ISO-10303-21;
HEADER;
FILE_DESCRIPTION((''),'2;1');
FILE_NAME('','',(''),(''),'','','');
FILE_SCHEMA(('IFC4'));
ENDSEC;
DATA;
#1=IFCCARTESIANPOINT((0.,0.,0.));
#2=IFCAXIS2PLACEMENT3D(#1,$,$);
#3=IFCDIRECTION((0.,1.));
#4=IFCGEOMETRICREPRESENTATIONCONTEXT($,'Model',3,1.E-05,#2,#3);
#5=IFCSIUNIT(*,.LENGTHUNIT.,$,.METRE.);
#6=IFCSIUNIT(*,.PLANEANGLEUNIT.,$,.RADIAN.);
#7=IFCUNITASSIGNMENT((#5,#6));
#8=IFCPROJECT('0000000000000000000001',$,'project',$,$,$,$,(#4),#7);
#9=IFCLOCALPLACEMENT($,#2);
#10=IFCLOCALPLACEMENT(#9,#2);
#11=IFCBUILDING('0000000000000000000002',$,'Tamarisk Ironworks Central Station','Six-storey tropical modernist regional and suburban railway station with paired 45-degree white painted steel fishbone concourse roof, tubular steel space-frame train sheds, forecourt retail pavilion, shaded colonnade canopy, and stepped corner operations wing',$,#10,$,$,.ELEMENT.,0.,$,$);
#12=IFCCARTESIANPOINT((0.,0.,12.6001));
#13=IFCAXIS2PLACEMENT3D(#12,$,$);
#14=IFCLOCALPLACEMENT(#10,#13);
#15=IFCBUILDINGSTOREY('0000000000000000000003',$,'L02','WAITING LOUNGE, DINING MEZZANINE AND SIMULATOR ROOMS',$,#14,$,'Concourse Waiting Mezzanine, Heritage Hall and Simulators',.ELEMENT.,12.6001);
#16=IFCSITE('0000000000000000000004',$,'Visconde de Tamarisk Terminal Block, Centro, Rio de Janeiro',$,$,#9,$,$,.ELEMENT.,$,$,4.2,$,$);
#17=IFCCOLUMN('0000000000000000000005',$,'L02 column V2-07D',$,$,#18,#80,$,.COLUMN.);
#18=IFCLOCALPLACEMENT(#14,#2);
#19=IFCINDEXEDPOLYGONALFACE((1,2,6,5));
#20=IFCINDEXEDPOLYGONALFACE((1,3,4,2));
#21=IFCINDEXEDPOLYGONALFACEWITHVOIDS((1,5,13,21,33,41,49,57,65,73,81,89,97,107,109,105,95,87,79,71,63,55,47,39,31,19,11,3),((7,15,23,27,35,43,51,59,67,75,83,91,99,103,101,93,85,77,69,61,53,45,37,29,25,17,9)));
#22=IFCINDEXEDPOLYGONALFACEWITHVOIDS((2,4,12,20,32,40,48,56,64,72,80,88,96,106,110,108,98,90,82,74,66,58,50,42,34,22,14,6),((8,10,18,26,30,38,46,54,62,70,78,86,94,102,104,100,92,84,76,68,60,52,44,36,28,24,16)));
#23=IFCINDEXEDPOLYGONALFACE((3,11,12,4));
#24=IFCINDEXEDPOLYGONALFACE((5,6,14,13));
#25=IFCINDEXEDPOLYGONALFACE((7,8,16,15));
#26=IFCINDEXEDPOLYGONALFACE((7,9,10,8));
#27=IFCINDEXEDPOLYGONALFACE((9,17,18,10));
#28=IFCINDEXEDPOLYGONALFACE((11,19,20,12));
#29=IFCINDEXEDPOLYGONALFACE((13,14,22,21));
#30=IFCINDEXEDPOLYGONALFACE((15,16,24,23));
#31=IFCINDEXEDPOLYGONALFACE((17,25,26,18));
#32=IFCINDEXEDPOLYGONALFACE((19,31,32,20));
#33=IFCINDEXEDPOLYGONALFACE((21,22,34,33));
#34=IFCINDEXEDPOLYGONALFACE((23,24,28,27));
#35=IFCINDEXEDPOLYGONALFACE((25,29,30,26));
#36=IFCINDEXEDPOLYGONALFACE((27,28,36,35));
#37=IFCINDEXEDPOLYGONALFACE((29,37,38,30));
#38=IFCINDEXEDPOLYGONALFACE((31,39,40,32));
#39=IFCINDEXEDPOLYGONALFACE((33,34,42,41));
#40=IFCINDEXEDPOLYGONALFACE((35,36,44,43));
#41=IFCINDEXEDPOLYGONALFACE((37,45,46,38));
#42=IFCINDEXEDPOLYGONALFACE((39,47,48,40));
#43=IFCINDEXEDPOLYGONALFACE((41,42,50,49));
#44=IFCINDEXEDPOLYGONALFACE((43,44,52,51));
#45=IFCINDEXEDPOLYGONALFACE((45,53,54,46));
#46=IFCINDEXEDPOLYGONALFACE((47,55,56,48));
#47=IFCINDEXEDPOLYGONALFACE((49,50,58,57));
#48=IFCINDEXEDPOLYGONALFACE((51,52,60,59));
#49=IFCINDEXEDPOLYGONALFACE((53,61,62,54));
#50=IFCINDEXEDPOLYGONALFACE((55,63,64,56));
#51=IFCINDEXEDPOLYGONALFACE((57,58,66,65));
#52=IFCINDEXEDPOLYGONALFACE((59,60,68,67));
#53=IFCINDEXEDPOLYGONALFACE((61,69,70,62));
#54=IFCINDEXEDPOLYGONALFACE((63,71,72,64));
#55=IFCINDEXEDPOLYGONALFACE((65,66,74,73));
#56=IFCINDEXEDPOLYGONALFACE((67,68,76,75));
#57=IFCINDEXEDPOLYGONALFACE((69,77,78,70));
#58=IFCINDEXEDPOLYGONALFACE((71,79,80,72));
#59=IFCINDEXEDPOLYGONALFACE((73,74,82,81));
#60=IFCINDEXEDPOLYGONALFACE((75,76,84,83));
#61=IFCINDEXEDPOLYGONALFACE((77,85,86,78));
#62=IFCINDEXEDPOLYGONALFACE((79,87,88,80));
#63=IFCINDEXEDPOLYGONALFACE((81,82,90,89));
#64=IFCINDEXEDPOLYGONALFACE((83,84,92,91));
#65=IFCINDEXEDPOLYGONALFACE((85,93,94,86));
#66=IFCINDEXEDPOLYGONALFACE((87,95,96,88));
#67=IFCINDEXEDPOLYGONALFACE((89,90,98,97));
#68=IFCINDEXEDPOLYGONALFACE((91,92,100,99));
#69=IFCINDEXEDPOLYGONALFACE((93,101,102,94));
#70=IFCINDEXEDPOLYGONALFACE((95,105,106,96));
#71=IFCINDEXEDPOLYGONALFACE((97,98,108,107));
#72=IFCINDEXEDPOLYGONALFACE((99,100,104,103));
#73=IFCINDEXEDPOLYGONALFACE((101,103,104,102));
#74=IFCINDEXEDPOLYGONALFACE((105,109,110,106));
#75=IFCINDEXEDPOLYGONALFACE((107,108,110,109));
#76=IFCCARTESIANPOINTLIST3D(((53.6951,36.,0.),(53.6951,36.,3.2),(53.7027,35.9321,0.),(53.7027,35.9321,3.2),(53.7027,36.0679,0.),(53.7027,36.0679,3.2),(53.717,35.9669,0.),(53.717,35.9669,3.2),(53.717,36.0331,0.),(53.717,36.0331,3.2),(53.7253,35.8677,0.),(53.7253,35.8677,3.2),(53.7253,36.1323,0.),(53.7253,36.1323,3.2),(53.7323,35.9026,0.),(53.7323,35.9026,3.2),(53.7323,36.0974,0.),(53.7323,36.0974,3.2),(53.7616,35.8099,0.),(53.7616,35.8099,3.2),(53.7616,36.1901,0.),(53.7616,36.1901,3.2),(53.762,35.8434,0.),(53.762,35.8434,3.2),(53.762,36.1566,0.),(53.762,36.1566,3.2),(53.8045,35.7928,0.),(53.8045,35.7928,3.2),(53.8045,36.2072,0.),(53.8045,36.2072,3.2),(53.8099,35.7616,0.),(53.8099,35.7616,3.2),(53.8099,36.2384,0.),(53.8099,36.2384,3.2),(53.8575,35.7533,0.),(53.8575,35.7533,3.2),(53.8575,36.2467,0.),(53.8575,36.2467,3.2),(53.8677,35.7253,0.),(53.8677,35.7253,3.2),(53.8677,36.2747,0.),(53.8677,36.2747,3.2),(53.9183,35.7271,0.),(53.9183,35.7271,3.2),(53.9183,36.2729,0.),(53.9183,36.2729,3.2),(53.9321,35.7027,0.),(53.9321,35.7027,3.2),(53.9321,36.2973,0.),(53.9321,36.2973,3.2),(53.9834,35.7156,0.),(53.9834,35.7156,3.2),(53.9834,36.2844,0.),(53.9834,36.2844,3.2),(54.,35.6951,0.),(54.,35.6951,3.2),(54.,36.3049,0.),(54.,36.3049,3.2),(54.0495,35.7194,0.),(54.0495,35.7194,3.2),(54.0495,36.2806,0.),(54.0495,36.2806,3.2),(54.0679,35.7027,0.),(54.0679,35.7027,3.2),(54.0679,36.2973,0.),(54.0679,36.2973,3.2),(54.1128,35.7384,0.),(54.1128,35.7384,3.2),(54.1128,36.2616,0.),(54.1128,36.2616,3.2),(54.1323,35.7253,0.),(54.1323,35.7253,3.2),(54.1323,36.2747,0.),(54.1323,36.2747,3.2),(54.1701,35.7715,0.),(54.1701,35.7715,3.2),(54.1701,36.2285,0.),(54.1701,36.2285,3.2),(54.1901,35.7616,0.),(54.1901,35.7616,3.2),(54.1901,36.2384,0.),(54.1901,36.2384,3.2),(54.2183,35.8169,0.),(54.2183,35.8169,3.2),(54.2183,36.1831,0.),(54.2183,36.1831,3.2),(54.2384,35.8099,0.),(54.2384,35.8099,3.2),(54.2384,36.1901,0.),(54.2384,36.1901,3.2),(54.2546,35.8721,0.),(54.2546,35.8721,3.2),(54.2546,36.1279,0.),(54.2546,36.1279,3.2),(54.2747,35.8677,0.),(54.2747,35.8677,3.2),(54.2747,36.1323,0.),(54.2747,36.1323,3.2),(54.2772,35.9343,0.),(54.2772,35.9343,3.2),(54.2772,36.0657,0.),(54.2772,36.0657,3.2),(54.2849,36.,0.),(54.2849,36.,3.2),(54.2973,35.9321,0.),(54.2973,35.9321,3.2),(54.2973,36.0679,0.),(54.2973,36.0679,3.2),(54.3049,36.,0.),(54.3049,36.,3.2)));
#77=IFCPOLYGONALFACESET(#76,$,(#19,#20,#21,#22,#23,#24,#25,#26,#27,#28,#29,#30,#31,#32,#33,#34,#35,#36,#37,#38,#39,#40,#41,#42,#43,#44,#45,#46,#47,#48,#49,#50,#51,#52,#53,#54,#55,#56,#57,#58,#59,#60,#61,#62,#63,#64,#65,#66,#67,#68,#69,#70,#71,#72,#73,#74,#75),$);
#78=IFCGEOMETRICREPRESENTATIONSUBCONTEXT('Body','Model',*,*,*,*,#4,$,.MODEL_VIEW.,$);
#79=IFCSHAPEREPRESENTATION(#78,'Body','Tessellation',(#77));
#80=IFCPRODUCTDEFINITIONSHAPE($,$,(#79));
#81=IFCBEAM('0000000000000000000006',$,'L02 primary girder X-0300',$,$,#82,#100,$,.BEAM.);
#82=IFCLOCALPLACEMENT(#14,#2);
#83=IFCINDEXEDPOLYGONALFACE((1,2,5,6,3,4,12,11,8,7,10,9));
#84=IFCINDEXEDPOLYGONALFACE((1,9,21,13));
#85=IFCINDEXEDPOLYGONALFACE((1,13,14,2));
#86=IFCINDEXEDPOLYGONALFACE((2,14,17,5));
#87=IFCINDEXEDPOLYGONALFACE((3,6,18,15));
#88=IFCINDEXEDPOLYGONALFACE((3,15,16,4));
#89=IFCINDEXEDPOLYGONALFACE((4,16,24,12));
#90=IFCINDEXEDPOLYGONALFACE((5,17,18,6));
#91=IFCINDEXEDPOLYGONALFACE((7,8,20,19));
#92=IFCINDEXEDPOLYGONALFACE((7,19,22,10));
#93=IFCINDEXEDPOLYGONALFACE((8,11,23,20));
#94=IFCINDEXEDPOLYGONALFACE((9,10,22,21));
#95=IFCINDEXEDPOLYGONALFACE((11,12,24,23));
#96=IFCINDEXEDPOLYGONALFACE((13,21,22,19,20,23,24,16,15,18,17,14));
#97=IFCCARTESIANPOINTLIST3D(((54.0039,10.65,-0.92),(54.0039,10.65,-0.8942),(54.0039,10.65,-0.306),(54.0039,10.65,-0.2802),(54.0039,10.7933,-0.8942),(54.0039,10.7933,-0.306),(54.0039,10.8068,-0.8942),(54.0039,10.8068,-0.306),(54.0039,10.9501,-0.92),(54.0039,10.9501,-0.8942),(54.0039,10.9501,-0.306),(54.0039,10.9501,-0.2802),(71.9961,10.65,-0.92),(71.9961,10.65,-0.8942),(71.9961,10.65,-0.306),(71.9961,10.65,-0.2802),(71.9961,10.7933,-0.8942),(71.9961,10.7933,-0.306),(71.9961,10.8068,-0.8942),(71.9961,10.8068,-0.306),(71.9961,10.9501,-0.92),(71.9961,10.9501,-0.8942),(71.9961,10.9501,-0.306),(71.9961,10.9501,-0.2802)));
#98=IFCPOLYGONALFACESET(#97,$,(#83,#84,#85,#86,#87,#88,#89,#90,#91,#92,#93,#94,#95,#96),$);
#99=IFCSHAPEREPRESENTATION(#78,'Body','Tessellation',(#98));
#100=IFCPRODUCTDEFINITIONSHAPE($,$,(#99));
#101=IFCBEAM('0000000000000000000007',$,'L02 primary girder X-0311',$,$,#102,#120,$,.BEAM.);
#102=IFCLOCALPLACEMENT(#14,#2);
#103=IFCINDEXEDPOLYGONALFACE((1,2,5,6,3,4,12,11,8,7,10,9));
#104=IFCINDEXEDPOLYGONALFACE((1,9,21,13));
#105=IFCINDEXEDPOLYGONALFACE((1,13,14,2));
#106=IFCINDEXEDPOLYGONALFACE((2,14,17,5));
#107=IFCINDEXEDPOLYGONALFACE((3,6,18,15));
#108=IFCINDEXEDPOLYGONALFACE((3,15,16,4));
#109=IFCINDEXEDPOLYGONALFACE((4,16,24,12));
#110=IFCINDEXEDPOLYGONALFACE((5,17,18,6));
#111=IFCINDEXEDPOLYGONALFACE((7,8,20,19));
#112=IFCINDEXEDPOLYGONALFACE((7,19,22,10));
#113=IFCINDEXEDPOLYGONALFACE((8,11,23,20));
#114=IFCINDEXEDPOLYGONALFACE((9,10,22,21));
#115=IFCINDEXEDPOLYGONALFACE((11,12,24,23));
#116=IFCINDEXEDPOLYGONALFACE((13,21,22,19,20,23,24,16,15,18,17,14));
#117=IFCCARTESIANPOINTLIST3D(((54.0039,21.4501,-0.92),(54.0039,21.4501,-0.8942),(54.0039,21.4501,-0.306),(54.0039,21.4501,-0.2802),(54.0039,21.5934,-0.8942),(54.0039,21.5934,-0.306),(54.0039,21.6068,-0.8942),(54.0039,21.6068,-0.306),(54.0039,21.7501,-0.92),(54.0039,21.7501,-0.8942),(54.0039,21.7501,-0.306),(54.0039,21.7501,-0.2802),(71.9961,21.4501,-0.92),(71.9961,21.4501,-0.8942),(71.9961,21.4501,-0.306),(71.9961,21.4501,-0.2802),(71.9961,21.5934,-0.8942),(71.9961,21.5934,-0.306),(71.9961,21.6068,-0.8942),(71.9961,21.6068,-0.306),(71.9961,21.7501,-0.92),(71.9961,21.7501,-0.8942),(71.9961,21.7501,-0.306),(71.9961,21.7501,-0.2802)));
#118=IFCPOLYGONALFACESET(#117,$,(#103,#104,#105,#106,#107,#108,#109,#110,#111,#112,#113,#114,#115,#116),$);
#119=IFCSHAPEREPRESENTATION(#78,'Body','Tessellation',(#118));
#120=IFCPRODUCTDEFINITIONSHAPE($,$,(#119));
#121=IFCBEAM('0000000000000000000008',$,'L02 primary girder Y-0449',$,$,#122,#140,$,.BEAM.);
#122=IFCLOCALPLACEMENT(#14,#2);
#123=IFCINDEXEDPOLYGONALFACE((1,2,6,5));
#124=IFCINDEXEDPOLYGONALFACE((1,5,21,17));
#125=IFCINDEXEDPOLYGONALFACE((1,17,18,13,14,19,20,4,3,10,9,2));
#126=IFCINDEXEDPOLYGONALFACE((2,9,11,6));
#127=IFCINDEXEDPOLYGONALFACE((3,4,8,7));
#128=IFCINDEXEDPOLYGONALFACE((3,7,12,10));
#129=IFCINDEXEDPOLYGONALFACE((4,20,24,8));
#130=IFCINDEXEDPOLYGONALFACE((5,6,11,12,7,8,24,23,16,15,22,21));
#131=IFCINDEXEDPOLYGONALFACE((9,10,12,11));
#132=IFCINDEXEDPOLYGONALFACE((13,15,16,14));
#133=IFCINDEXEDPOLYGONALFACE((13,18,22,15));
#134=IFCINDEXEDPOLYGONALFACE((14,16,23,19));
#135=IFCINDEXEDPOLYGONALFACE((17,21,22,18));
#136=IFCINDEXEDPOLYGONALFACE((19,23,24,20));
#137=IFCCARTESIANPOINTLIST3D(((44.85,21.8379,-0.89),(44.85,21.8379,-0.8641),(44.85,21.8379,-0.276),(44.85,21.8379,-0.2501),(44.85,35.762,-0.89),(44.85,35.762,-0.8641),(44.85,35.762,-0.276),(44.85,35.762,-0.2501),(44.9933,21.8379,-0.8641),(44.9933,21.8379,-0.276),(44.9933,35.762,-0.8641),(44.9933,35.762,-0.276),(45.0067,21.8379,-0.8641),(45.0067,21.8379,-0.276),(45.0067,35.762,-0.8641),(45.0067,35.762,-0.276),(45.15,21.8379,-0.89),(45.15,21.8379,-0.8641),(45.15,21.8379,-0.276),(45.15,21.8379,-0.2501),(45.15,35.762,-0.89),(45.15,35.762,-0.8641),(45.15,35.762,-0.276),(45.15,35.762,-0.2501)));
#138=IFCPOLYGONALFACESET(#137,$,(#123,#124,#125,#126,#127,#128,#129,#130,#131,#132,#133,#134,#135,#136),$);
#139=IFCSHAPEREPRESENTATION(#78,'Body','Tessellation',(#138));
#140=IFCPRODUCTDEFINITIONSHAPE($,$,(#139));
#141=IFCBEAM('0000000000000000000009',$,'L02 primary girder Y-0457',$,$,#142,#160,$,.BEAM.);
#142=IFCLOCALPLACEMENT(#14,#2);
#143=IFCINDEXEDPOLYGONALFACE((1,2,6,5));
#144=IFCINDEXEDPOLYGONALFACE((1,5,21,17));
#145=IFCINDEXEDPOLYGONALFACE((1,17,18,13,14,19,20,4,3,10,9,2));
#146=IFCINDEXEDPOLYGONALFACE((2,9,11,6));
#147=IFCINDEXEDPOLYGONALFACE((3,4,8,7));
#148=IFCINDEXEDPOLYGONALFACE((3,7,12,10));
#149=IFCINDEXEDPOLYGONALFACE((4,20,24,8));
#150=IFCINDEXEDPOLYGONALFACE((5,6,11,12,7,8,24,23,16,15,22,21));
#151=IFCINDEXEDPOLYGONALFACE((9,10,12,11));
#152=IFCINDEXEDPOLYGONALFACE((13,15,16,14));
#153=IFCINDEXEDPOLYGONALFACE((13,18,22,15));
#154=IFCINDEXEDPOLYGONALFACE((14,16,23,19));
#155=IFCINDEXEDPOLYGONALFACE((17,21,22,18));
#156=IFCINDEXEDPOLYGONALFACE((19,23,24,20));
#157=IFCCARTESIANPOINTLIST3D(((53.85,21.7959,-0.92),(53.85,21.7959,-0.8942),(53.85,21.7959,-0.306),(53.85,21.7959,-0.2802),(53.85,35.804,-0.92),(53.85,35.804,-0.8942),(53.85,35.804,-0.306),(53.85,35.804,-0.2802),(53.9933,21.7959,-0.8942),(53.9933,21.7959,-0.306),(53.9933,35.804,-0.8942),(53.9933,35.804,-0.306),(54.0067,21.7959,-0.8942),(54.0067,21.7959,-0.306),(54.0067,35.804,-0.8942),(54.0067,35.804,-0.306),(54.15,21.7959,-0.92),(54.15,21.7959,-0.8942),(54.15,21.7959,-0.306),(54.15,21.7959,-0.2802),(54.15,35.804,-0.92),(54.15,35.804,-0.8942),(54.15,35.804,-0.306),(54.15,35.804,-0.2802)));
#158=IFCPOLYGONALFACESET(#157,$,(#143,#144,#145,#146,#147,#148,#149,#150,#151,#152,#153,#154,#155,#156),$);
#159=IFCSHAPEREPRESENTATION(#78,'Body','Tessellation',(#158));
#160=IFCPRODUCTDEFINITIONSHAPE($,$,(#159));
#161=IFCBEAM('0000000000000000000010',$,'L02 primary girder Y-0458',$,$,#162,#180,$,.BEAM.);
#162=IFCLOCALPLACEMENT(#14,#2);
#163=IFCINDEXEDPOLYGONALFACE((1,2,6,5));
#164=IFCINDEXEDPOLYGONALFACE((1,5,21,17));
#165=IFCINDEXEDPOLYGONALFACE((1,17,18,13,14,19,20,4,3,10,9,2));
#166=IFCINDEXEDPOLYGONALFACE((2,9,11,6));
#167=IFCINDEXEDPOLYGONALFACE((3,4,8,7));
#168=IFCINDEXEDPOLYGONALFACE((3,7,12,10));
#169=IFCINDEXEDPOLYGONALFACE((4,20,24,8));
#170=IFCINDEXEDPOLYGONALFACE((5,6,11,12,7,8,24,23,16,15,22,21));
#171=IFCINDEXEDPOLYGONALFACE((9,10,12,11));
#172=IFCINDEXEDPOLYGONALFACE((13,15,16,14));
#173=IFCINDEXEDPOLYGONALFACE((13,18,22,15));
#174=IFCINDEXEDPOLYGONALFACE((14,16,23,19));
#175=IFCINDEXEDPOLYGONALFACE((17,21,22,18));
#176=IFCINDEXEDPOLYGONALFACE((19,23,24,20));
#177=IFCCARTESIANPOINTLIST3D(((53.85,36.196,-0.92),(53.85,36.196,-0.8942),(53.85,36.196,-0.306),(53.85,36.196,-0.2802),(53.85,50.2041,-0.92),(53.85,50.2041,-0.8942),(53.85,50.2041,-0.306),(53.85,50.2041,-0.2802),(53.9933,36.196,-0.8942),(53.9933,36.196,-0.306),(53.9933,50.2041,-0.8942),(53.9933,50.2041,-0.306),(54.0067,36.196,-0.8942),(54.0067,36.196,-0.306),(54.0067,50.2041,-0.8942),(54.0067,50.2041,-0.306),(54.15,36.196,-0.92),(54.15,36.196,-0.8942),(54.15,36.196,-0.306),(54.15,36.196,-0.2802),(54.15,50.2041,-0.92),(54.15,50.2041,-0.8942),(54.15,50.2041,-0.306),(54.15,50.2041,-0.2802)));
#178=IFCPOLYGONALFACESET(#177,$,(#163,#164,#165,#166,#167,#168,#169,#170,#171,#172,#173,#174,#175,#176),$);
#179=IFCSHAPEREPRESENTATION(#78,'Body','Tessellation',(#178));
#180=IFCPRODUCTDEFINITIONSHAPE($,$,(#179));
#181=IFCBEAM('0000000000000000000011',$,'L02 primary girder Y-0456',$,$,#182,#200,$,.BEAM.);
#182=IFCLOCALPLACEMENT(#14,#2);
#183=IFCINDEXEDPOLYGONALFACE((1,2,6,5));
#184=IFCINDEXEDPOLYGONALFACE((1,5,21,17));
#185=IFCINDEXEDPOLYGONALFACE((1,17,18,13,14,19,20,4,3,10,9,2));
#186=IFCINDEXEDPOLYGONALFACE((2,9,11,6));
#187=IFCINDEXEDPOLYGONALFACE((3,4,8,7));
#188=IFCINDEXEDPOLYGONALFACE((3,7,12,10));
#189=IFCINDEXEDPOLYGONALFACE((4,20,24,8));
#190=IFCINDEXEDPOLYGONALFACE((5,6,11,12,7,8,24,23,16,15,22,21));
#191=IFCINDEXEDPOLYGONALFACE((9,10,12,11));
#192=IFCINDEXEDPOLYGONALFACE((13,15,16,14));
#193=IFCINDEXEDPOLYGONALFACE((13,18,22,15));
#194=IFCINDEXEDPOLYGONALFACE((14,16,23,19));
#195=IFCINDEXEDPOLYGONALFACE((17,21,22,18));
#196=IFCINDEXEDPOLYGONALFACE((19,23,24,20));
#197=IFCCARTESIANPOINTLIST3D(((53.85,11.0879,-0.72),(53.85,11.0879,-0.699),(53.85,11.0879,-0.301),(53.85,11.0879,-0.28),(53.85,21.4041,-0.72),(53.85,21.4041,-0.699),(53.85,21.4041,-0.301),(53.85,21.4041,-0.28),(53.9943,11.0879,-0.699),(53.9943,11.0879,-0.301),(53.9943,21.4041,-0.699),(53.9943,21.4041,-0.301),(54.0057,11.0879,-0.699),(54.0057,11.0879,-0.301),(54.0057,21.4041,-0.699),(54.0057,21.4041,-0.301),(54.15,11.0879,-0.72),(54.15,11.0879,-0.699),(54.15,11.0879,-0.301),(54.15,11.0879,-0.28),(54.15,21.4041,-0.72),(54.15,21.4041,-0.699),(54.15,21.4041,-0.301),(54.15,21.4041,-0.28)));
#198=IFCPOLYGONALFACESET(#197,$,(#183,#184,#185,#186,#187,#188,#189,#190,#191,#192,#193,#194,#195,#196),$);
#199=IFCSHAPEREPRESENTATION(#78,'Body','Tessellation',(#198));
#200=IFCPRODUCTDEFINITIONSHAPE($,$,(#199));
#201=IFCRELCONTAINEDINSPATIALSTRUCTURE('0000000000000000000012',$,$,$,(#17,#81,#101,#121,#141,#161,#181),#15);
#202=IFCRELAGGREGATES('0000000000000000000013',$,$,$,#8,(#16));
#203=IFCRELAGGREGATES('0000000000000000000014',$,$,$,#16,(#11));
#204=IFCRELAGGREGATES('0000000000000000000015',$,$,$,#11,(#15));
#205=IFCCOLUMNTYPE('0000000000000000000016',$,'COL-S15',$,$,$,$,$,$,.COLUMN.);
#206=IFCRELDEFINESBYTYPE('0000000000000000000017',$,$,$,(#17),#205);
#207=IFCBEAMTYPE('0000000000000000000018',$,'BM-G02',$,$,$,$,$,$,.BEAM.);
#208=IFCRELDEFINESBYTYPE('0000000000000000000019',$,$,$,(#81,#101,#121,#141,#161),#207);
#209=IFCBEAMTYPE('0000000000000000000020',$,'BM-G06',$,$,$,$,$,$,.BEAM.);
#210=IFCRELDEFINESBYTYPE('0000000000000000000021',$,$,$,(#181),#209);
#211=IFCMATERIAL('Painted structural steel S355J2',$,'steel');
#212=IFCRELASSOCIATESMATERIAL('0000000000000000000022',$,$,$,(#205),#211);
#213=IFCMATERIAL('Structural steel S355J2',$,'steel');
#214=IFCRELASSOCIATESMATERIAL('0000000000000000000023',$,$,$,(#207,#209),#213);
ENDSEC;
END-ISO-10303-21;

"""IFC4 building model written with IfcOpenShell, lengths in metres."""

from ifc_helpers import new_model, si_unit, direction, frame, origin, origin_2d, place, context, subcontext, project, spatial, hollow_circle, i_section, extrude, material, material_profile, profile_set, type_object, element, save


model = new_model("IFC4")

# Units and contexts
model_context = context("Model", 3, precision=1e-05, world=origin(), true_north=direction((0.0, 1.0)))
body_context = subcontext(model_context, "Body", "Model", "MODEL_VIEW")
ifc_project = project(units=[si_unit("LENGTHUNIT", "METRE"), si_unit("PLANEANGLEUNIT", "RADIAN")], contexts=[model_context])

# Site, building, storey
site_placement = place(None, origin())
site = spatial("IfcSite", under=ifc_project, at=site_placement, Name="Visconde de Tamarisk Terminal Block, Centro, Rio de Janeiro", CompositionType="ELEMENT", RefElevation=4.2)
building_placement = place(site_placement, origin())
building = spatial("IfcBuilding", under=site, at=building_placement, Name="Tamarisk Ironworks Central Station", Description="Six-storey tropical modernist regional and suburban railway station with paired 45-degree white painted steel fishbone concourse roof, tubular steel space-frame train sheds, forecourt retail pavilion, shaded colonnade canopy, and stepped corner operations wing", CompositionType="ELEMENT", ElevationOfRefHeight=0.0)
storey_placement = place(building_placement, frame((0.0, 0.0, 12.6001)))
storey = spatial("IfcBuildingStorey", under=building, at=storey_placement, Name="L02", Description="WAITING LOUNGE, DINING MEZZANINE AND SIMULATOR ROOMS", LongName="Concourse Waiting Mezzanine, Heritage Hall and Simulators", CompositionType="ELEMENT", Elevation=12.6001)

# Column
ifc_material_1 = material(Name="Painted structural steel S355J2", Category="steel")
ifc_material_profile_1 = material_profile(ifc_material_1, hollow_circle(Radius=0.3049, WallThickness=0.02, at=origin_2d()), Name="CHS 610x20")
ifc_profile_set_1 = profile_set([ifc_material_profile_1], Name="Painted structural steel S355J2")
column_type_1 = type_object("IfcColumnType", Name="COL-S15", PredefinedType="COLUMN", material=ifc_profile_set_1)
for number, where, z_axis, x_axis, name in (
    (1, (54.0, 36.0, 0.0), (0.0, 0.0, 1.0), (1.0, 0.0, 0.0), "L02 column V2-07D"),
):
    element("IfcColumn", number, at=place(storey_placement, frame(where, z_axis=z_axis, x_axis=x_axis)), inside=storey, type_object=column_type_1, Name=name, PredefinedType="COLUMN", context=body_context, shape_type="SweptSolid", body=[
        extrude(hollow_circle(Radius=0.3049, WallThickness=0.02, at=origin_2d()), origin(), (0.0, 0.0, 1.0), 3.2),
    ])

# Beams
ifc_material_2 = material(Name="Structural steel S355J2", Category="steel")
ifc_material_profile_2 = material_profile(ifc_material_2, i_section(OverallWidth=0.3, OverallDepth=0.6399, WebThickness=0.0134, FlangeThickness=0.0259, at=origin_2d()), Name="HEA 650")
ifc_profile_set_2 = profile_set([ifc_material_profile_2], Name="Structural steel S355J2")
beam_type_1 = type_object("IfcBeamType", Name="BM-G02", PredefinedType="BEAM", material=ifc_profile_set_2)
for number, where, z_axis, x_axis, name in (
    (2, (54.0039, 10.8, -0.6001), (1.0, 0.0, 0.0), (0.0, 1.0, 0.0), "L02 primary girder X-0300"),
    (3, (54.0039, 21.6001, -0.6001), (1.0, 0.0, 0.0), (0.0, 1.0, 0.0), "L02 primary girder X-0311"),
):
    element("IfcBeam", number, at=place(storey_placement, frame(where, z_axis=z_axis, x_axis=x_axis)), inside=storey, type_object=beam_type_1, Name=name, PredefinedType="BEAM", context=body_context, shape_type="SweptSolid", body=[
        extrude(i_section(OverallWidth=0.3, OverallDepth=0.6399, WebThickness=0.0134, FlangeThickness=0.0259, at=origin_2d()), origin(), (0.0, 0.0, 1.0), 17.9922),
    ])
beam_1_placement = place(storey_placement, frame((45.0, 21.8379, -0.5701), z_axis=(0.0, 1.0, 0.0), x_axis=(-1.0, 0.0, 0.0)))
element("IfcBeam", 4, at=beam_1_placement, inside=storey, type_object=beam_type_1, Name="L02 primary girder Y-0449", PredefinedType="BEAM", context=body_context, shape_type="SweptSolid", body=[
    extrude(i_section(OverallWidth=0.3, OverallDepth=0.6399, WebThickness=0.0134, FlangeThickness=0.0259, at=origin_2d()), origin(), (0.0, 0.0, 1.0), 13.9241),
])
for number, where, z_axis, x_axis, name in (
    (5, (54.0, 21.7959, -0.6001), (0.0, 1.0, 0.0), (-1.0, 0.0, 0.0), "L02 primary girder Y-0457"),
    (6, (54.0, 36.196, -0.6001), (0.0, 1.0, 0.0), (-1.0, 0.0, 0.0), "L02 primary girder Y-0458"),
):
    element("IfcBeam", number, at=place(storey_placement, frame(where, z_axis=z_axis, x_axis=x_axis)), inside=storey, type_object=beam_type_1, Name=name, PredefinedType="BEAM", context=body_context, shape_type="SweptSolid", body=[
        extrude(i_section(OverallWidth=0.3, OverallDepth=0.6399, WebThickness=0.0134, FlangeThickness=0.0259, at=origin_2d()), origin(), (0.0, 0.0, 1.0), 14.0081),
    ])
ifc_material_profile_3 = material_profile(ifc_material_2, i_section(OverallWidth=0.3, OverallDepth=0.4399, WebThickness=0.0115, FlangeThickness=0.021, at=origin_2d()), Name="HEA 450")
ifc_profile_set_3 = profile_set([ifc_material_profile_3], Name="Structural steel S355J2")
beam_type_2 = type_object("IfcBeamType", Name="BM-G06", PredefinedType="BEAM", material=ifc_profile_set_3)
beam_2_placement = place(storey_placement, frame((54.0, 11.0879, -0.5), z_axis=(0.0, 1.0, 0.0), x_axis=(-1.0, 0.0, 0.0)))
element("IfcBeam", 7, at=beam_2_placement, inside=storey, type_object=beam_type_2, Name="L02 primary girder Y-0456", PredefinedType="BEAM", context=body_context, shape_type="SweptSolid", body=[
    extrude(i_section(OverallWidth=0.3, OverallDepth=0.4399, WebThickness=0.0115, FlangeThickness=0.021, at=origin_2d()), origin(), (0.0, 0.0, 1.0), 10.3162),
])

save(model, "model.ifc")
